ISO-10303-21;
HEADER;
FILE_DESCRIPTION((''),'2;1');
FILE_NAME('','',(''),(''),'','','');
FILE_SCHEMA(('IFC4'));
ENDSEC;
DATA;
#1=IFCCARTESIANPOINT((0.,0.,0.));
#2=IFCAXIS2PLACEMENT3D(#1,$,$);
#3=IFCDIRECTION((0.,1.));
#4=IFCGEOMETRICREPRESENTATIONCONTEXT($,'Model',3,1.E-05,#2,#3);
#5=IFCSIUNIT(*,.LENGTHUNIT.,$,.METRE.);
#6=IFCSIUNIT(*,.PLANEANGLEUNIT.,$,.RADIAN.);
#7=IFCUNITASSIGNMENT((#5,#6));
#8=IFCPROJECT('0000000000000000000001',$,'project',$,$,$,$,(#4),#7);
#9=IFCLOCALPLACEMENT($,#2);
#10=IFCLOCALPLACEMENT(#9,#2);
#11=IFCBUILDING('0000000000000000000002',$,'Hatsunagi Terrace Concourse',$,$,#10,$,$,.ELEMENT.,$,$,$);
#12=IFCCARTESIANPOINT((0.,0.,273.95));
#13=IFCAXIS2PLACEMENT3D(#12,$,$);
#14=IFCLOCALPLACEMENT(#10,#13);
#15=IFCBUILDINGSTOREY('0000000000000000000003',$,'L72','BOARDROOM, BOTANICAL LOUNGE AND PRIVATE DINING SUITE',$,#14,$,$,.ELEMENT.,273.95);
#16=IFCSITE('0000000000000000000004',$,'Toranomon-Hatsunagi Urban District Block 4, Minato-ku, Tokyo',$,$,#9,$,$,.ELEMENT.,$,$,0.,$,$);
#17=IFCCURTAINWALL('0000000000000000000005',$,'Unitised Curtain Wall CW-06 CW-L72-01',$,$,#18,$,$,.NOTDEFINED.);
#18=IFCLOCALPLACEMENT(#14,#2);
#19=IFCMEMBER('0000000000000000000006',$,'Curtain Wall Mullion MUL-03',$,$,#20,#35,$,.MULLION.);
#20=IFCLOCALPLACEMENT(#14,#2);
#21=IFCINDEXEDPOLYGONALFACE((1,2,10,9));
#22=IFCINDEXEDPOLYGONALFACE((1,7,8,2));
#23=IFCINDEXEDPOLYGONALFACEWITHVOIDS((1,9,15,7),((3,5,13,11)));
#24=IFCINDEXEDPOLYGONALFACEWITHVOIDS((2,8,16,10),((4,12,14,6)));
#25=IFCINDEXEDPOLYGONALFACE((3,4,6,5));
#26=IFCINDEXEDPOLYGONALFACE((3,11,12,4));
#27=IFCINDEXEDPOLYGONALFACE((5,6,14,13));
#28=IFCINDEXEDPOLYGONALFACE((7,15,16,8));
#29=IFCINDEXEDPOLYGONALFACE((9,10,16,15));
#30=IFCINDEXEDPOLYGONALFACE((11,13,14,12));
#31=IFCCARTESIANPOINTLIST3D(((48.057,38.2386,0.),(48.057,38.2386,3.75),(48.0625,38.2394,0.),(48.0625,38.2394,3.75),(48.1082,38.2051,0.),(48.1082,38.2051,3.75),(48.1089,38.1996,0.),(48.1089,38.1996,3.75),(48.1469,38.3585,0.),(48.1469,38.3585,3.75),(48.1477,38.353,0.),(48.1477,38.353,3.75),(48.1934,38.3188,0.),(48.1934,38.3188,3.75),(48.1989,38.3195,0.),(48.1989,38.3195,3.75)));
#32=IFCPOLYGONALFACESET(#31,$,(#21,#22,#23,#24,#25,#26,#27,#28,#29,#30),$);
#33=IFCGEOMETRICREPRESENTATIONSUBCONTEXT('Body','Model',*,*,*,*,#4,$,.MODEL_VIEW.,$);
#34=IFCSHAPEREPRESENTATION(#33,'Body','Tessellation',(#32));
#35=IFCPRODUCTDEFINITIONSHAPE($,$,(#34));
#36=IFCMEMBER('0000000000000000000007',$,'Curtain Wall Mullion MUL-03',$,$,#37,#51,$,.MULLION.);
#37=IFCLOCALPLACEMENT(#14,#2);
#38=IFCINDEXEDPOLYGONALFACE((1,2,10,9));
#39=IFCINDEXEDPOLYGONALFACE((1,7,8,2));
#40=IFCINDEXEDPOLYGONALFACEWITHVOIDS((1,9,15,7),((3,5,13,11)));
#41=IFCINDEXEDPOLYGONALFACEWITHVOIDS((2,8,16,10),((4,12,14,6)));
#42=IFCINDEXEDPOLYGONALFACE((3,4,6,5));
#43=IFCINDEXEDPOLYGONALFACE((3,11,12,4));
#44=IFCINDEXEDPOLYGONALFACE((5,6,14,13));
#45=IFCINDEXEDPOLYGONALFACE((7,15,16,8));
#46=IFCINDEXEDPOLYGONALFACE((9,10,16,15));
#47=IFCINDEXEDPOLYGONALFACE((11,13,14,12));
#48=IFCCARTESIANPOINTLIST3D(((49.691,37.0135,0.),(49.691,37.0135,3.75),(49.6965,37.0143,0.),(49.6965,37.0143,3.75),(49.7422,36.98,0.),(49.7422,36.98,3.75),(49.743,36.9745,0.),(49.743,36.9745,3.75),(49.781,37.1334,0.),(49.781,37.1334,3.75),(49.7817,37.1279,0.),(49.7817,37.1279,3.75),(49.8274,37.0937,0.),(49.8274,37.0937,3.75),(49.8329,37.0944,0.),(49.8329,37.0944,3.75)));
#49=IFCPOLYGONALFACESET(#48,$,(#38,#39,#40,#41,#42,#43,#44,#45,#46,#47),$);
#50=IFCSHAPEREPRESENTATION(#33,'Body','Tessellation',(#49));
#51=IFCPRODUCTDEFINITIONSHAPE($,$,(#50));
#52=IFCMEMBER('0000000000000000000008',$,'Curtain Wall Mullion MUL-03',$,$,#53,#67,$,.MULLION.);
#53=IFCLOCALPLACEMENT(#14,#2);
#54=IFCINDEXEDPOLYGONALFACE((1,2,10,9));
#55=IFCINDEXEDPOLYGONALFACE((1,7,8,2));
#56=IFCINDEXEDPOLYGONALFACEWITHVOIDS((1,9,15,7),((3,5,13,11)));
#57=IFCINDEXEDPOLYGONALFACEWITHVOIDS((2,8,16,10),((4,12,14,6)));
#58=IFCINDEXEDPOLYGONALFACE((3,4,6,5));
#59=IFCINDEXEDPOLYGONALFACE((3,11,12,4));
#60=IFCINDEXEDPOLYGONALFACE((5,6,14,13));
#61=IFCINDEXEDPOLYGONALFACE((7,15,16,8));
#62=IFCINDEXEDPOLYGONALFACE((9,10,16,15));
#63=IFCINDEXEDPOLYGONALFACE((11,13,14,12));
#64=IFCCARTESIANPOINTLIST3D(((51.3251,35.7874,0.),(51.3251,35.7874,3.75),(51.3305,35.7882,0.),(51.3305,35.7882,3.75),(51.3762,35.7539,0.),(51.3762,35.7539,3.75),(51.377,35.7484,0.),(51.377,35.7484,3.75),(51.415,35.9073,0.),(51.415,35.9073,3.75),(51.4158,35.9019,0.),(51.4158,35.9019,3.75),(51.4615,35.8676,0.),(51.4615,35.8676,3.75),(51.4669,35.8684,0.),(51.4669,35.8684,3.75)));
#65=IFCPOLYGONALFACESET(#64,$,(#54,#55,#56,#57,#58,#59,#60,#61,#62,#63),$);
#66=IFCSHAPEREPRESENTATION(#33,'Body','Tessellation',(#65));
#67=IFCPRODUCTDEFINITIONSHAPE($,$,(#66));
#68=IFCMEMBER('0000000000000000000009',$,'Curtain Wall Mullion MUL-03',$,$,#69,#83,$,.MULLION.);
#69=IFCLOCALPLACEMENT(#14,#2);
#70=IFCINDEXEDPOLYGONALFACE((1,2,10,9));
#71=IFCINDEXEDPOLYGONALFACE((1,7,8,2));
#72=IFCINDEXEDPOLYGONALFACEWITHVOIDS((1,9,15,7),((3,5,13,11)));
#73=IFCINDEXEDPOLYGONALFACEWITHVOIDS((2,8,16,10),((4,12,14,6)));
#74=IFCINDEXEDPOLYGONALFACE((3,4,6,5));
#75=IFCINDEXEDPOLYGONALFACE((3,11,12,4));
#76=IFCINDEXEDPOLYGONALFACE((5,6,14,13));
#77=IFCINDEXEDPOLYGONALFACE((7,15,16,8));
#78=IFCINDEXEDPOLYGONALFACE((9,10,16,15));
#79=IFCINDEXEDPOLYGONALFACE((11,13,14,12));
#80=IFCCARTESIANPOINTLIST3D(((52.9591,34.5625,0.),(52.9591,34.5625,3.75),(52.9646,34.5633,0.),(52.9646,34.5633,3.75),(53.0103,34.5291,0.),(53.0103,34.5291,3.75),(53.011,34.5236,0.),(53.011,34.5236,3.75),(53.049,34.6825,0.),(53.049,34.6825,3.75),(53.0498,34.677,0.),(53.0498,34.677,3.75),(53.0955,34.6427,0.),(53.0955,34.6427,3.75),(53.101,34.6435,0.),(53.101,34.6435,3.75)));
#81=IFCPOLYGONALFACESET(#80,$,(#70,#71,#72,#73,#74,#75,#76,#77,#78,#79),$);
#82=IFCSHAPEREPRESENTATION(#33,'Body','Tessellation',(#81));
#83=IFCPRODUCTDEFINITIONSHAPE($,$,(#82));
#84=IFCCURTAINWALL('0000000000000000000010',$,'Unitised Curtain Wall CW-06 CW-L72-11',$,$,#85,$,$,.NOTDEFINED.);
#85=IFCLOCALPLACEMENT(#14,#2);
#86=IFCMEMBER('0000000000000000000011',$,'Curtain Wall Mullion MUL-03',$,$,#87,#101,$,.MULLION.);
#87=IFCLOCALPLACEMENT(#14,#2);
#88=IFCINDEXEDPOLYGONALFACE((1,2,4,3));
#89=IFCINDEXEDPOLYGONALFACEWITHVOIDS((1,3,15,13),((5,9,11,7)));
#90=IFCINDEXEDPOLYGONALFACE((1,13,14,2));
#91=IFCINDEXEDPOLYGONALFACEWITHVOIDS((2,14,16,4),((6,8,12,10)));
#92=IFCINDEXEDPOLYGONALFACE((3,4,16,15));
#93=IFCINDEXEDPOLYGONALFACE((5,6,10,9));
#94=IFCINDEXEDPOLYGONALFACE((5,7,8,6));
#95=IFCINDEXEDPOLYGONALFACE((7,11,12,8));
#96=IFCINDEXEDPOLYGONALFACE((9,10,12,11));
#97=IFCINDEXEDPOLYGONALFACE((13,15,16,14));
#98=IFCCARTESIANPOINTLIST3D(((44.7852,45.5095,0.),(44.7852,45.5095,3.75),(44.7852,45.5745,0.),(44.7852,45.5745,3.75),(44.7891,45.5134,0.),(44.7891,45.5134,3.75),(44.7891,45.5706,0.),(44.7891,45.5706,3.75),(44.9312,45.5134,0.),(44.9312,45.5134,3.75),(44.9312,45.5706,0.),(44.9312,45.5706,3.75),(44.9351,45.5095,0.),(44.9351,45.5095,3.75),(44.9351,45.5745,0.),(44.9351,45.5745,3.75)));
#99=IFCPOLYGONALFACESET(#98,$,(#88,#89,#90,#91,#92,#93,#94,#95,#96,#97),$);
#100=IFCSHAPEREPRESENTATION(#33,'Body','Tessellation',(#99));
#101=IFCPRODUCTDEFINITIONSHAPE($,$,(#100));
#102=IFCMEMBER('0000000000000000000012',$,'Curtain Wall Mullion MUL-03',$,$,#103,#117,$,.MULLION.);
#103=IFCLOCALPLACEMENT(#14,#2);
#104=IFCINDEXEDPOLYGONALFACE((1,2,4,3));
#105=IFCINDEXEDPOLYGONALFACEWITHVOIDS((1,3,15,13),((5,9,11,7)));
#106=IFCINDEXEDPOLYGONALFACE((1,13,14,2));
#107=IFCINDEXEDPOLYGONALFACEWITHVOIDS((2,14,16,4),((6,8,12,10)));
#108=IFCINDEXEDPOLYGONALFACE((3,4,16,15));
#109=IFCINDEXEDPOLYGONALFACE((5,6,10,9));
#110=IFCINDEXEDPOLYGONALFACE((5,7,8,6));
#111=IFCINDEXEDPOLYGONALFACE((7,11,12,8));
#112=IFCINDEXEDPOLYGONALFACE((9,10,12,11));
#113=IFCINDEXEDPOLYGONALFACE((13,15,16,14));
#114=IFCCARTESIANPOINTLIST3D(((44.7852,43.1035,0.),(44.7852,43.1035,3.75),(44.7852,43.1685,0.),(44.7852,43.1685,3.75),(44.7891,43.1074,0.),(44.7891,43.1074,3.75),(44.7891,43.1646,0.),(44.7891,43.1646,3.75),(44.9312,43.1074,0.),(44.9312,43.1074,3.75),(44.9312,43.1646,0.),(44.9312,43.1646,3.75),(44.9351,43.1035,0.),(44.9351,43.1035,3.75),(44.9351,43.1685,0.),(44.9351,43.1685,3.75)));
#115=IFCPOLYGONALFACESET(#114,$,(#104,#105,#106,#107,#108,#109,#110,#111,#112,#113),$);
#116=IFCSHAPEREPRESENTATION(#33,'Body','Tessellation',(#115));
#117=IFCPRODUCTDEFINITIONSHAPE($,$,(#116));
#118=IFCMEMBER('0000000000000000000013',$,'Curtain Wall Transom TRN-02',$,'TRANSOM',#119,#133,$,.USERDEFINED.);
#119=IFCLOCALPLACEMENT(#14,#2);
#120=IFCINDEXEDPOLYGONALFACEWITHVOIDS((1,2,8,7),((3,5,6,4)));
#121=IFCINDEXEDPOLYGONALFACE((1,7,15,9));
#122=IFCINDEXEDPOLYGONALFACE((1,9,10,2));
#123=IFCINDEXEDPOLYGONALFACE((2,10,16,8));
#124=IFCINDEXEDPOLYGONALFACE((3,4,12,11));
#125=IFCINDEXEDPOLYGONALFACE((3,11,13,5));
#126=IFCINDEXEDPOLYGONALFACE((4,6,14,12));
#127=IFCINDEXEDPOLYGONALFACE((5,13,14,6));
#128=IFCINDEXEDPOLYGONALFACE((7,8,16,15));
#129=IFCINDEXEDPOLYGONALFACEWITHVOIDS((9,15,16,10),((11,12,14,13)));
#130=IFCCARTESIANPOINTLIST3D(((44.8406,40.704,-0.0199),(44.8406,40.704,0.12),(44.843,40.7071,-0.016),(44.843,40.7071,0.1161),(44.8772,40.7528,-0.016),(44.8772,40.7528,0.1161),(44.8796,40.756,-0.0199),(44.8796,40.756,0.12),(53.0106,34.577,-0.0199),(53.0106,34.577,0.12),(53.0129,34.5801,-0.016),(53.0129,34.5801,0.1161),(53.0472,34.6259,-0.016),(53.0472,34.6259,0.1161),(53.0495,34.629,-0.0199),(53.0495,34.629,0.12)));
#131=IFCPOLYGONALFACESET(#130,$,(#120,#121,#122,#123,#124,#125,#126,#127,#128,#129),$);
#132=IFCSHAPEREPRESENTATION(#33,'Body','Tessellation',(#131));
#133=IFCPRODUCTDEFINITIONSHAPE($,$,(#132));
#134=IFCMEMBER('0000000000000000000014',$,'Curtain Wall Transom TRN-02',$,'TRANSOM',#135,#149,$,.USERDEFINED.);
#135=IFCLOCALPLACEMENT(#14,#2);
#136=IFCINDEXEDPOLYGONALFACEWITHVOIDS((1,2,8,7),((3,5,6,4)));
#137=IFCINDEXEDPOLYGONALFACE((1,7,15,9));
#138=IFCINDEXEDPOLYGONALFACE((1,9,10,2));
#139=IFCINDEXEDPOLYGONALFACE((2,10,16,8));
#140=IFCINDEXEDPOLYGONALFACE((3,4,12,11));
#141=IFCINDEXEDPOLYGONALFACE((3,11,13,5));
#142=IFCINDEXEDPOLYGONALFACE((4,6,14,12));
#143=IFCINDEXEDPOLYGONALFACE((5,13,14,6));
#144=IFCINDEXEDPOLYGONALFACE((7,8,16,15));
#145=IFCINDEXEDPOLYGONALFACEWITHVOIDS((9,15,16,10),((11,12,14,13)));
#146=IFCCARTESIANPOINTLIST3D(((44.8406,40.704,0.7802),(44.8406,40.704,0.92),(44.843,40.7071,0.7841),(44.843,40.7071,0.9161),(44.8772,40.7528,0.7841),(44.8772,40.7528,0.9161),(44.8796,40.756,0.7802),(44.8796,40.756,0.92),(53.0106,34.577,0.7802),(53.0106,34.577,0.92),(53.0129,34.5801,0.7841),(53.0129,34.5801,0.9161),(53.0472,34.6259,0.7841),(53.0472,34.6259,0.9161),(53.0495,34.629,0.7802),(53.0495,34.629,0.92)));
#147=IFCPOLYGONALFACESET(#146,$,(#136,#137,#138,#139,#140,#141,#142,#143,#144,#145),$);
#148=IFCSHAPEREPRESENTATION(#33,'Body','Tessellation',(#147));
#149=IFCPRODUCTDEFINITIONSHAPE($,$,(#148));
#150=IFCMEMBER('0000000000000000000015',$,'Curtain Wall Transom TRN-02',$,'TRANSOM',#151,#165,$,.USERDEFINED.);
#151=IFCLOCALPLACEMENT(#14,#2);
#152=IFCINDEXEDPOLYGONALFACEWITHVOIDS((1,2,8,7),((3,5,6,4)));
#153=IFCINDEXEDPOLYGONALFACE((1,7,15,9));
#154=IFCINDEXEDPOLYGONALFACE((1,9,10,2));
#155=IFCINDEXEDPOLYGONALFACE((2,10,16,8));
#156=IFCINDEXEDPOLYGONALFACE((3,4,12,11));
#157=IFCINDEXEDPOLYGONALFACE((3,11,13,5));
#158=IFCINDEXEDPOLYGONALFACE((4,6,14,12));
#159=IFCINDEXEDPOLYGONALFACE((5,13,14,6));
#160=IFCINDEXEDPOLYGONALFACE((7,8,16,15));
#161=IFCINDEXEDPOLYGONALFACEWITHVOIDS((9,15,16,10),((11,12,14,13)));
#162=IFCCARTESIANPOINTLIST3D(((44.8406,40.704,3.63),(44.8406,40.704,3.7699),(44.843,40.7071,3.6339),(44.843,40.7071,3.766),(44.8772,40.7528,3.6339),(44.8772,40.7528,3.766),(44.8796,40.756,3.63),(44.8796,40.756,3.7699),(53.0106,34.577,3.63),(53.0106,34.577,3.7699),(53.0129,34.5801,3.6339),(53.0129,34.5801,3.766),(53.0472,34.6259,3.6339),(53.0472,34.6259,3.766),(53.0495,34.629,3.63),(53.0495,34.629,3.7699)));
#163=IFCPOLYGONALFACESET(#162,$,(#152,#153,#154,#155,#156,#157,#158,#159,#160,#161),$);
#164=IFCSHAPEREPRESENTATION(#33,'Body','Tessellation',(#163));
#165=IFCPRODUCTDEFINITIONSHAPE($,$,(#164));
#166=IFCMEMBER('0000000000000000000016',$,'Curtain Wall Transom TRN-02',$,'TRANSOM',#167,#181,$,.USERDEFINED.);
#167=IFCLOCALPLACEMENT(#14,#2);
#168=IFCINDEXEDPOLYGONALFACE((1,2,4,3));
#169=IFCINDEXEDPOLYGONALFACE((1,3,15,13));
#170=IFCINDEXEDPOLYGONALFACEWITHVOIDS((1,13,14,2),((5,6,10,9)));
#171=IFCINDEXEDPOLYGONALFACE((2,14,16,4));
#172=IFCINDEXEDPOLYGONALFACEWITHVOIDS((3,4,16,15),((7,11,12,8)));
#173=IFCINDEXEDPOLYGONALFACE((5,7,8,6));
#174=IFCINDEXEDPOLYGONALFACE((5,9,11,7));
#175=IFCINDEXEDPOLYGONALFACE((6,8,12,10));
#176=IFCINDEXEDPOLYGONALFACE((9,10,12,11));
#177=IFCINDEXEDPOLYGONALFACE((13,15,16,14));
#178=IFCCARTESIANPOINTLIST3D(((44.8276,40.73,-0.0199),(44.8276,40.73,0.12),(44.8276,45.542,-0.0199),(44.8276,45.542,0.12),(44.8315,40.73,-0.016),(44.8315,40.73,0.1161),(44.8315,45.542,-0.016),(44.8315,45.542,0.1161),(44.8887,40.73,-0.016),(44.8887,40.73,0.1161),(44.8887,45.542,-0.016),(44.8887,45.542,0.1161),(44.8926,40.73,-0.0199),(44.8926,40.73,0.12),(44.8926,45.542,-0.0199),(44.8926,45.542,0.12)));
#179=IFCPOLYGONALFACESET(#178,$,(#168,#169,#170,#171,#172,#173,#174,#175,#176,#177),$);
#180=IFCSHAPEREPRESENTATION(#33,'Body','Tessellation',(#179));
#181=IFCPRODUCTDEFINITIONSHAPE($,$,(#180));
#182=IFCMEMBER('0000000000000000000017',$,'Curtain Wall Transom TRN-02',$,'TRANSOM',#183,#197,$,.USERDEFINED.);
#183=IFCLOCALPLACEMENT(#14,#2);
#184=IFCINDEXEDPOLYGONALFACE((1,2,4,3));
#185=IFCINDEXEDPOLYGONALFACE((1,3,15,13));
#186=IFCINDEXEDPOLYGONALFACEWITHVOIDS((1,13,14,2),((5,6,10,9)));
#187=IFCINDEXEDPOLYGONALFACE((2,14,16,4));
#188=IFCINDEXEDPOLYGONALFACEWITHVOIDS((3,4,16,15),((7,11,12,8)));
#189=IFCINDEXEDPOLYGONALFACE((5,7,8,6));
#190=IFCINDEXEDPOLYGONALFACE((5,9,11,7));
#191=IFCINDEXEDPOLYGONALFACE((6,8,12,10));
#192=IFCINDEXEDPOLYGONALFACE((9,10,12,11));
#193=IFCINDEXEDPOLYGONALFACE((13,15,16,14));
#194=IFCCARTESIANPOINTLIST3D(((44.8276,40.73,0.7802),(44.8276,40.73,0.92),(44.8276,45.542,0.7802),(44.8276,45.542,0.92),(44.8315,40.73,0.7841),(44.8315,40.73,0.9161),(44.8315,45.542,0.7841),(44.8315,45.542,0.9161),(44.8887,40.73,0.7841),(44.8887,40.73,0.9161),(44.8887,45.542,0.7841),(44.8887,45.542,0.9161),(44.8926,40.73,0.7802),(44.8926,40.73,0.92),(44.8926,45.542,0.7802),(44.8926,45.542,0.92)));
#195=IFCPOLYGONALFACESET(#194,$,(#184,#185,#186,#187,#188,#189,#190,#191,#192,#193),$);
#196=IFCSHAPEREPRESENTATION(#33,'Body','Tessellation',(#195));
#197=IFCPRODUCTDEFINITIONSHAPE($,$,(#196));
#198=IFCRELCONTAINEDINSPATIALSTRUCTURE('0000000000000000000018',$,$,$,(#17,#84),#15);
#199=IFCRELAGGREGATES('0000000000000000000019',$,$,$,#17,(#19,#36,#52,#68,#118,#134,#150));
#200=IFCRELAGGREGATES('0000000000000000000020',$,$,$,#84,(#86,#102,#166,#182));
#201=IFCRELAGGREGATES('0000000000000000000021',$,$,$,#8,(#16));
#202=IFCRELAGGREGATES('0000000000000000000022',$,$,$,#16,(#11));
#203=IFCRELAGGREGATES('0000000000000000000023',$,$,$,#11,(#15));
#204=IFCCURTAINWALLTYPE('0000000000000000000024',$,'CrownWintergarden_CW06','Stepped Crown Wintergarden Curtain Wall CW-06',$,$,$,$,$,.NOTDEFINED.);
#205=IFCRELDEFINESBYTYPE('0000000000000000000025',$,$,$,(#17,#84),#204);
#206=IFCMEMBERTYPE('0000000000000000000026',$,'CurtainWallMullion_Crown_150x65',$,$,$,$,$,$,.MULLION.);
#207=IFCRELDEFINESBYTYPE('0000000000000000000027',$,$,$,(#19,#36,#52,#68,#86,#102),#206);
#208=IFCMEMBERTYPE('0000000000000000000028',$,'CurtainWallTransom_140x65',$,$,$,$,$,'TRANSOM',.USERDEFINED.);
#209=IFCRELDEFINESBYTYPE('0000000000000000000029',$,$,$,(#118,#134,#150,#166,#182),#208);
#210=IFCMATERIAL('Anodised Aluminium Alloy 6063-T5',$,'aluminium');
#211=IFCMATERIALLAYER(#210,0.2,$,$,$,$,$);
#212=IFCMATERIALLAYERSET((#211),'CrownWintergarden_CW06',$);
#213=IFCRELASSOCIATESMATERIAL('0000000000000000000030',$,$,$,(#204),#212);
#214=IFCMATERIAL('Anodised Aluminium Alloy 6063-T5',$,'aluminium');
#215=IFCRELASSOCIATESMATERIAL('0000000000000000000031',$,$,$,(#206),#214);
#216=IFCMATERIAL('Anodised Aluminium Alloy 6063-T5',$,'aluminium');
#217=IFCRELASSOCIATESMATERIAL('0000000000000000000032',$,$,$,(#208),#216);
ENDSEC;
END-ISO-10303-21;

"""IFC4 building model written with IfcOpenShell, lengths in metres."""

from ifc_helpers import new_model, si_unit, direction, frame, origin, origin_2d, place, context, subcontext, project, spatial, hollow_rectangle, extrude, material, layer, layer_set, material_profile, profile_set, type_object, element, aggregate, save


model = new_model("IFC4")

# Units and contexts
model_context = context("Model", 3, precision=1e-05, world=origin(), true_north=direction((0.0, 1.0)))
body_context = subcontext(model_context, "Body", "Model", "MODEL_VIEW")
ifc_project = project(units=[si_unit("LENGTHUNIT", "METRE"), si_unit("PLANEANGLEUNIT", "RADIAN")], contexts=[model_context])

# Site, building, storey
site_placement = place(None, origin())
site = spatial("IfcSite", under=ifc_project, at=site_placement, Name="Toranomon-Hatsunagi Urban District Block 4, Minato-ku, Tokyo", CompositionType="ELEMENT", RefElevation=0.0)
building_placement = place(site_placement, origin())
building = spatial("IfcBuilding", under=site, at=building_placement, Name="Hatsunagi Terrace Concourse", CompositionType="ELEMENT")
storey_placement = place(building_placement, frame((0.0, 0.0, 273.95)))
storey = spatial("IfcBuildingStorey", under=building, at=storey_placement, Name="L72", Description="BOARDROOM, BOTANICAL LOUNGE AND PRIVATE DINING SUITE", CompositionType="ELEMENT", Elevation=273.95)

# Curtain walls, members
ifc_material_1 = material(Name="Anodised Aluminium Alloy 6063-T5", Category="aluminium")
ifc_layer_1 = layer(ifc_material_1, 0.2)
ifc_layer_set_1 = layer_set([ifc_layer_1], Name="CrownWintergarden_CW06")
curtain_wall_type = type_object("IfcCurtainWallType", Name="CrownWintergarden_CW06", Description="Stepped Crown Wintergarden Curtain Wall CW-06", PredefinedType="NOTDEFINED", material=ifc_layer_set_1)
curtain_wall_1_placement = place(storey_placement, origin())
curtain_wall_1 = element("IfcCurtainWall", 1, at=curtain_wall_1_placement, inside=storey, type_object=curtain_wall_type, Name="Unitised Curtain Wall CW-06 CW-L72-01", PredefinedType="NOTDEFINED")
ifc_material_2 = material(Name="Anodised Aluminium Alloy 6063-T5", Category="aluminium")
ifc_material_profile_1 = material_profile(ifc_material_2, hollow_rectangle(XDim=0.0649, YDim=0.1499, WallThickness=0.0039, at=origin_2d()), Name="ALU-MUL-150x65x4")
ifc_profile_set_1 = profile_set([ifc_material_profile_1], Name="Anodised Aluminium Alloy 6063-T5")
member_type_1 = type_object("IfcMemberType", Name="CurtainWallMullion_Crown_150x65", PredefinedType="MULLION", material=ifc_profile_set_1)
member_1_placement = place(storey_placement, frame((48.1279, 38.2791, 0.0), z_axis=(0.0, 0.0, 1.0), x_axis=(0.800023, -0.599969, 0.0)))
member_1 = element("IfcMember", 2, at=member_1_placement, type_object=member_type_1, Name="Curtain Wall Mullion MUL-03", PredefinedType="MULLION", context=body_context, shape_type="SweptSolid", body=[
    extrude(hollow_rectangle(XDim=0.0649, YDim=0.1499, WallThickness=0.0039, at=origin_2d()), origin(), (0.0, 0.0, 1.0), 3.75),
])
member_2_placement = place(storey_placement, frame((49.762, 37.054, 0.0), z_axis=(0.0, 0.0, 1.0), x_axis=(0.800023, -0.599969, 0.0)))
member_2 = element("IfcMember", 3, at=member_2_placement, type_object=member_type_1, Name="Curtain Wall Mullion MUL-03", PredefinedType="MULLION", context=body_context, shape_type="SweptSolid", body=[
    extrude(hollow_rectangle(XDim=0.0649, YDim=0.1499, WallThickness=0.0039, at=origin_2d()), origin(), (0.0, 0.0, 1.0), 3.75),
])
member_3_placement = place(storey_placement, frame((51.396, 35.8279, 0.0), z_axis=(0.0, 0.0, 1.0), x_axis=(0.800023, -0.599969, 0.0)))
member_3 = element("IfcMember", 4, at=member_3_placement, type_object=member_type_1, Name="Curtain Wall Mullion MUL-03", PredefinedType="MULLION", context=body_context, shape_type="SweptSolid", body=[
    extrude(hollow_rectangle(XDim=0.0649, YDim=0.1499, WallThickness=0.0039, at=origin_2d()), origin(), (0.0, 0.0, 1.0), 3.75),
])
member_4_placement = place(storey_placement, frame((53.03, 34.603, 0.0), z_axis=(0.0, 0.0, 1.0), x_axis=(0.800023, -0.599969, 0.0)))
member_4 = element("IfcMember", 5, at=member_4_placement, type_object=member_type_1, Name="Curtain Wall Mullion MUL-03", PredefinedType="MULLION", context=body_context, shape_type="SweptSolid", body=[
    extrude(hollow_rectangle(XDim=0.0649, YDim=0.1499, WallThickness=0.0039, at=origin_2d()), origin(), (0.0, 0.0, 1.0), 3.75),
])
curtain_wall_2_placement = place(storey_placement, origin())
curtain_wall_2 = element("IfcCurtainWall", 6, at=curtain_wall_2_placement, inside=storey, type_object=curtain_wall_type, Name="Unitised Curtain Wall CW-06 CW-L72-11", PredefinedType="NOTDEFINED")
member_5_placement = place(storey_placement, frame((44.8601, 45.542, 0.0), z_axis=(0.0, 0.0, 1.0), x_axis=(0.0, -1.0, 0.0)))
member_5 = element("IfcMember", 7, at=member_5_placement, type_object=member_type_1, Name="Curtain Wall Mullion MUL-03", PredefinedType="MULLION", context=body_context, shape_type="SweptSolid", body=[
    extrude(hollow_rectangle(XDim=0.0649, YDim=0.1499, WallThickness=0.0039, at=origin_2d()), origin(), (0.0, 0.0, 1.0), 3.75),
])
member_6_placement = place(storey_placement, frame((44.8601, 43.136, 0.0), z_axis=(0.0, 0.0, 1.0), x_axis=(0.0, -1.0, 0.0)))
member_6 = element("IfcMember", 8, at=member_6_placement, type_object=member_type_1, Name="Curtain Wall Mullion MUL-03", PredefinedType="MULLION", context=body_context, shape_type="SweptSolid", body=[
    extrude(hollow_rectangle(XDim=0.0649, YDim=0.1499, WallThickness=0.0039, at=origin_2d()), origin(), (0.0, 0.0, 1.0), 3.75),
])

# Members
ifc_material_3 = material(Name="Anodised Aluminium Alloy 6063-T5", Category="aluminium")
ifc_material_profile_2 = material_profile(ifc_material_3, hollow_rectangle(XDim=0.0649, YDim=0.1399, WallThickness=0.0039, at=origin_2d()), Name="ALU-TRN-140x65x4")
ifc_profile_set_2 = profile_set([ifc_material_profile_2], Name="Anodised Aluminium Alloy 6063-T5")
member_type_2 = type_object("IfcMemberType", Name="CurtainWallTransom_140x65", ElementType="TRANSOM", PredefinedType="USERDEFINED", material=ifc_profile_set_2)
member_7_placement = place(storey_placement, frame((44.8601, 40.73, 0.05), z_axis=(0.800023, -0.599969, 0.0), x_axis=(0.599969, 0.800023, 0.0)))
member_7 = element("IfcMember", 9, at=member_7_placement, type_object=member_type_2, Name="Curtain Wall Transom TRN-02", ObjectType="TRANSOM", PredefinedType="USERDEFINED", context=body_context, shape_type="SweptSolid", body=[
    extrude(hollow_rectangle(XDim=0.0649, YDim=0.1399, WallThickness=0.0039, at=origin_2d()), origin(), (0.0, 0.0, 1.0), 10.2122),
])
member_8_placement = place(storey_placement, frame((44.8601, 40.73, 0.8501), z_axis=(0.800023, -0.599969, 0.0), x_axis=(0.599969, 0.800023, 0.0)))
member_8 = element("IfcMember", 10, at=member_8_placement, type_object=member_type_2, Name="Curtain Wall Transom TRN-02", ObjectType="TRANSOM", PredefinedType="USERDEFINED", context=body_context, shape_type="SweptSolid", body=[
    extrude(hollow_rectangle(XDim=0.0649, YDim=0.1399, WallThickness=0.0039, at=origin_2d()), origin(), (0.0, 0.0, 1.0), 10.2122),
])
member_9_placement = place(storey_placement, frame((44.8601, 40.73, 3.7), z_axis=(0.800023, -0.599969, 0.0), x_axis=(0.599969, 0.800023, 0.0)))
member_9 = element("IfcMember", 11, at=member_9_placement, type_object=member_type_2, Name="Curtain Wall Transom TRN-02", ObjectType="TRANSOM", PredefinedType="USERDEFINED", context=body_context, shape_type="SweptSolid", body=[
    extrude(hollow_rectangle(XDim=0.0649, YDim=0.1399, WallThickness=0.0039, at=origin_2d()), origin(), (0.0, 0.0, 1.0), 10.2122),
])
member_10_placement = place(storey_placement, frame((44.8601, 45.542, 0.05), z_axis=(0.0, -1.0, 0.0), x_axis=(1.0, 0.0, 0.0)))
member_10 = element("IfcMember", 12, at=member_10_placement, type_object=member_type_2, Name="Curtain Wall Transom TRN-02", ObjectType="TRANSOM", PredefinedType="USERDEFINED", context=body_context, shape_type="SweptSolid", body=[
    extrude(hollow_rectangle(XDim=0.0649, YDim=0.1399, WallThickness=0.0039, at=origin_2d()), origin(), (0.0, 0.0, 1.0), 4.812),
])
member_11_placement = place(storey_placement, frame((44.8601, 45.542, 0.8501), z_axis=(0.0, -1.0, 0.0), x_axis=(1.0, 0.0, 0.0)))
member_11 = element("IfcMember", 13, at=member_11_placement, type_object=member_type_2, Name="Curtain Wall Transom TRN-02", ObjectType="TRANSOM", PredefinedType="USERDEFINED", context=body_context, shape_type="SweptSolid", body=[
    extrude(hollow_rectangle(XDim=0.0649, YDim=0.1399, WallThickness=0.0039, at=origin_2d()), origin(), (0.0, 0.0, 1.0), 4.812),
])

aggregate(curtain_wall_1, [member_1, member_2, member_3, member_4, member_7, member_8, member_9])
aggregate(curtain_wall_2, [member_5, member_6, member_10, member_11])

save(model, "model.ifc")
